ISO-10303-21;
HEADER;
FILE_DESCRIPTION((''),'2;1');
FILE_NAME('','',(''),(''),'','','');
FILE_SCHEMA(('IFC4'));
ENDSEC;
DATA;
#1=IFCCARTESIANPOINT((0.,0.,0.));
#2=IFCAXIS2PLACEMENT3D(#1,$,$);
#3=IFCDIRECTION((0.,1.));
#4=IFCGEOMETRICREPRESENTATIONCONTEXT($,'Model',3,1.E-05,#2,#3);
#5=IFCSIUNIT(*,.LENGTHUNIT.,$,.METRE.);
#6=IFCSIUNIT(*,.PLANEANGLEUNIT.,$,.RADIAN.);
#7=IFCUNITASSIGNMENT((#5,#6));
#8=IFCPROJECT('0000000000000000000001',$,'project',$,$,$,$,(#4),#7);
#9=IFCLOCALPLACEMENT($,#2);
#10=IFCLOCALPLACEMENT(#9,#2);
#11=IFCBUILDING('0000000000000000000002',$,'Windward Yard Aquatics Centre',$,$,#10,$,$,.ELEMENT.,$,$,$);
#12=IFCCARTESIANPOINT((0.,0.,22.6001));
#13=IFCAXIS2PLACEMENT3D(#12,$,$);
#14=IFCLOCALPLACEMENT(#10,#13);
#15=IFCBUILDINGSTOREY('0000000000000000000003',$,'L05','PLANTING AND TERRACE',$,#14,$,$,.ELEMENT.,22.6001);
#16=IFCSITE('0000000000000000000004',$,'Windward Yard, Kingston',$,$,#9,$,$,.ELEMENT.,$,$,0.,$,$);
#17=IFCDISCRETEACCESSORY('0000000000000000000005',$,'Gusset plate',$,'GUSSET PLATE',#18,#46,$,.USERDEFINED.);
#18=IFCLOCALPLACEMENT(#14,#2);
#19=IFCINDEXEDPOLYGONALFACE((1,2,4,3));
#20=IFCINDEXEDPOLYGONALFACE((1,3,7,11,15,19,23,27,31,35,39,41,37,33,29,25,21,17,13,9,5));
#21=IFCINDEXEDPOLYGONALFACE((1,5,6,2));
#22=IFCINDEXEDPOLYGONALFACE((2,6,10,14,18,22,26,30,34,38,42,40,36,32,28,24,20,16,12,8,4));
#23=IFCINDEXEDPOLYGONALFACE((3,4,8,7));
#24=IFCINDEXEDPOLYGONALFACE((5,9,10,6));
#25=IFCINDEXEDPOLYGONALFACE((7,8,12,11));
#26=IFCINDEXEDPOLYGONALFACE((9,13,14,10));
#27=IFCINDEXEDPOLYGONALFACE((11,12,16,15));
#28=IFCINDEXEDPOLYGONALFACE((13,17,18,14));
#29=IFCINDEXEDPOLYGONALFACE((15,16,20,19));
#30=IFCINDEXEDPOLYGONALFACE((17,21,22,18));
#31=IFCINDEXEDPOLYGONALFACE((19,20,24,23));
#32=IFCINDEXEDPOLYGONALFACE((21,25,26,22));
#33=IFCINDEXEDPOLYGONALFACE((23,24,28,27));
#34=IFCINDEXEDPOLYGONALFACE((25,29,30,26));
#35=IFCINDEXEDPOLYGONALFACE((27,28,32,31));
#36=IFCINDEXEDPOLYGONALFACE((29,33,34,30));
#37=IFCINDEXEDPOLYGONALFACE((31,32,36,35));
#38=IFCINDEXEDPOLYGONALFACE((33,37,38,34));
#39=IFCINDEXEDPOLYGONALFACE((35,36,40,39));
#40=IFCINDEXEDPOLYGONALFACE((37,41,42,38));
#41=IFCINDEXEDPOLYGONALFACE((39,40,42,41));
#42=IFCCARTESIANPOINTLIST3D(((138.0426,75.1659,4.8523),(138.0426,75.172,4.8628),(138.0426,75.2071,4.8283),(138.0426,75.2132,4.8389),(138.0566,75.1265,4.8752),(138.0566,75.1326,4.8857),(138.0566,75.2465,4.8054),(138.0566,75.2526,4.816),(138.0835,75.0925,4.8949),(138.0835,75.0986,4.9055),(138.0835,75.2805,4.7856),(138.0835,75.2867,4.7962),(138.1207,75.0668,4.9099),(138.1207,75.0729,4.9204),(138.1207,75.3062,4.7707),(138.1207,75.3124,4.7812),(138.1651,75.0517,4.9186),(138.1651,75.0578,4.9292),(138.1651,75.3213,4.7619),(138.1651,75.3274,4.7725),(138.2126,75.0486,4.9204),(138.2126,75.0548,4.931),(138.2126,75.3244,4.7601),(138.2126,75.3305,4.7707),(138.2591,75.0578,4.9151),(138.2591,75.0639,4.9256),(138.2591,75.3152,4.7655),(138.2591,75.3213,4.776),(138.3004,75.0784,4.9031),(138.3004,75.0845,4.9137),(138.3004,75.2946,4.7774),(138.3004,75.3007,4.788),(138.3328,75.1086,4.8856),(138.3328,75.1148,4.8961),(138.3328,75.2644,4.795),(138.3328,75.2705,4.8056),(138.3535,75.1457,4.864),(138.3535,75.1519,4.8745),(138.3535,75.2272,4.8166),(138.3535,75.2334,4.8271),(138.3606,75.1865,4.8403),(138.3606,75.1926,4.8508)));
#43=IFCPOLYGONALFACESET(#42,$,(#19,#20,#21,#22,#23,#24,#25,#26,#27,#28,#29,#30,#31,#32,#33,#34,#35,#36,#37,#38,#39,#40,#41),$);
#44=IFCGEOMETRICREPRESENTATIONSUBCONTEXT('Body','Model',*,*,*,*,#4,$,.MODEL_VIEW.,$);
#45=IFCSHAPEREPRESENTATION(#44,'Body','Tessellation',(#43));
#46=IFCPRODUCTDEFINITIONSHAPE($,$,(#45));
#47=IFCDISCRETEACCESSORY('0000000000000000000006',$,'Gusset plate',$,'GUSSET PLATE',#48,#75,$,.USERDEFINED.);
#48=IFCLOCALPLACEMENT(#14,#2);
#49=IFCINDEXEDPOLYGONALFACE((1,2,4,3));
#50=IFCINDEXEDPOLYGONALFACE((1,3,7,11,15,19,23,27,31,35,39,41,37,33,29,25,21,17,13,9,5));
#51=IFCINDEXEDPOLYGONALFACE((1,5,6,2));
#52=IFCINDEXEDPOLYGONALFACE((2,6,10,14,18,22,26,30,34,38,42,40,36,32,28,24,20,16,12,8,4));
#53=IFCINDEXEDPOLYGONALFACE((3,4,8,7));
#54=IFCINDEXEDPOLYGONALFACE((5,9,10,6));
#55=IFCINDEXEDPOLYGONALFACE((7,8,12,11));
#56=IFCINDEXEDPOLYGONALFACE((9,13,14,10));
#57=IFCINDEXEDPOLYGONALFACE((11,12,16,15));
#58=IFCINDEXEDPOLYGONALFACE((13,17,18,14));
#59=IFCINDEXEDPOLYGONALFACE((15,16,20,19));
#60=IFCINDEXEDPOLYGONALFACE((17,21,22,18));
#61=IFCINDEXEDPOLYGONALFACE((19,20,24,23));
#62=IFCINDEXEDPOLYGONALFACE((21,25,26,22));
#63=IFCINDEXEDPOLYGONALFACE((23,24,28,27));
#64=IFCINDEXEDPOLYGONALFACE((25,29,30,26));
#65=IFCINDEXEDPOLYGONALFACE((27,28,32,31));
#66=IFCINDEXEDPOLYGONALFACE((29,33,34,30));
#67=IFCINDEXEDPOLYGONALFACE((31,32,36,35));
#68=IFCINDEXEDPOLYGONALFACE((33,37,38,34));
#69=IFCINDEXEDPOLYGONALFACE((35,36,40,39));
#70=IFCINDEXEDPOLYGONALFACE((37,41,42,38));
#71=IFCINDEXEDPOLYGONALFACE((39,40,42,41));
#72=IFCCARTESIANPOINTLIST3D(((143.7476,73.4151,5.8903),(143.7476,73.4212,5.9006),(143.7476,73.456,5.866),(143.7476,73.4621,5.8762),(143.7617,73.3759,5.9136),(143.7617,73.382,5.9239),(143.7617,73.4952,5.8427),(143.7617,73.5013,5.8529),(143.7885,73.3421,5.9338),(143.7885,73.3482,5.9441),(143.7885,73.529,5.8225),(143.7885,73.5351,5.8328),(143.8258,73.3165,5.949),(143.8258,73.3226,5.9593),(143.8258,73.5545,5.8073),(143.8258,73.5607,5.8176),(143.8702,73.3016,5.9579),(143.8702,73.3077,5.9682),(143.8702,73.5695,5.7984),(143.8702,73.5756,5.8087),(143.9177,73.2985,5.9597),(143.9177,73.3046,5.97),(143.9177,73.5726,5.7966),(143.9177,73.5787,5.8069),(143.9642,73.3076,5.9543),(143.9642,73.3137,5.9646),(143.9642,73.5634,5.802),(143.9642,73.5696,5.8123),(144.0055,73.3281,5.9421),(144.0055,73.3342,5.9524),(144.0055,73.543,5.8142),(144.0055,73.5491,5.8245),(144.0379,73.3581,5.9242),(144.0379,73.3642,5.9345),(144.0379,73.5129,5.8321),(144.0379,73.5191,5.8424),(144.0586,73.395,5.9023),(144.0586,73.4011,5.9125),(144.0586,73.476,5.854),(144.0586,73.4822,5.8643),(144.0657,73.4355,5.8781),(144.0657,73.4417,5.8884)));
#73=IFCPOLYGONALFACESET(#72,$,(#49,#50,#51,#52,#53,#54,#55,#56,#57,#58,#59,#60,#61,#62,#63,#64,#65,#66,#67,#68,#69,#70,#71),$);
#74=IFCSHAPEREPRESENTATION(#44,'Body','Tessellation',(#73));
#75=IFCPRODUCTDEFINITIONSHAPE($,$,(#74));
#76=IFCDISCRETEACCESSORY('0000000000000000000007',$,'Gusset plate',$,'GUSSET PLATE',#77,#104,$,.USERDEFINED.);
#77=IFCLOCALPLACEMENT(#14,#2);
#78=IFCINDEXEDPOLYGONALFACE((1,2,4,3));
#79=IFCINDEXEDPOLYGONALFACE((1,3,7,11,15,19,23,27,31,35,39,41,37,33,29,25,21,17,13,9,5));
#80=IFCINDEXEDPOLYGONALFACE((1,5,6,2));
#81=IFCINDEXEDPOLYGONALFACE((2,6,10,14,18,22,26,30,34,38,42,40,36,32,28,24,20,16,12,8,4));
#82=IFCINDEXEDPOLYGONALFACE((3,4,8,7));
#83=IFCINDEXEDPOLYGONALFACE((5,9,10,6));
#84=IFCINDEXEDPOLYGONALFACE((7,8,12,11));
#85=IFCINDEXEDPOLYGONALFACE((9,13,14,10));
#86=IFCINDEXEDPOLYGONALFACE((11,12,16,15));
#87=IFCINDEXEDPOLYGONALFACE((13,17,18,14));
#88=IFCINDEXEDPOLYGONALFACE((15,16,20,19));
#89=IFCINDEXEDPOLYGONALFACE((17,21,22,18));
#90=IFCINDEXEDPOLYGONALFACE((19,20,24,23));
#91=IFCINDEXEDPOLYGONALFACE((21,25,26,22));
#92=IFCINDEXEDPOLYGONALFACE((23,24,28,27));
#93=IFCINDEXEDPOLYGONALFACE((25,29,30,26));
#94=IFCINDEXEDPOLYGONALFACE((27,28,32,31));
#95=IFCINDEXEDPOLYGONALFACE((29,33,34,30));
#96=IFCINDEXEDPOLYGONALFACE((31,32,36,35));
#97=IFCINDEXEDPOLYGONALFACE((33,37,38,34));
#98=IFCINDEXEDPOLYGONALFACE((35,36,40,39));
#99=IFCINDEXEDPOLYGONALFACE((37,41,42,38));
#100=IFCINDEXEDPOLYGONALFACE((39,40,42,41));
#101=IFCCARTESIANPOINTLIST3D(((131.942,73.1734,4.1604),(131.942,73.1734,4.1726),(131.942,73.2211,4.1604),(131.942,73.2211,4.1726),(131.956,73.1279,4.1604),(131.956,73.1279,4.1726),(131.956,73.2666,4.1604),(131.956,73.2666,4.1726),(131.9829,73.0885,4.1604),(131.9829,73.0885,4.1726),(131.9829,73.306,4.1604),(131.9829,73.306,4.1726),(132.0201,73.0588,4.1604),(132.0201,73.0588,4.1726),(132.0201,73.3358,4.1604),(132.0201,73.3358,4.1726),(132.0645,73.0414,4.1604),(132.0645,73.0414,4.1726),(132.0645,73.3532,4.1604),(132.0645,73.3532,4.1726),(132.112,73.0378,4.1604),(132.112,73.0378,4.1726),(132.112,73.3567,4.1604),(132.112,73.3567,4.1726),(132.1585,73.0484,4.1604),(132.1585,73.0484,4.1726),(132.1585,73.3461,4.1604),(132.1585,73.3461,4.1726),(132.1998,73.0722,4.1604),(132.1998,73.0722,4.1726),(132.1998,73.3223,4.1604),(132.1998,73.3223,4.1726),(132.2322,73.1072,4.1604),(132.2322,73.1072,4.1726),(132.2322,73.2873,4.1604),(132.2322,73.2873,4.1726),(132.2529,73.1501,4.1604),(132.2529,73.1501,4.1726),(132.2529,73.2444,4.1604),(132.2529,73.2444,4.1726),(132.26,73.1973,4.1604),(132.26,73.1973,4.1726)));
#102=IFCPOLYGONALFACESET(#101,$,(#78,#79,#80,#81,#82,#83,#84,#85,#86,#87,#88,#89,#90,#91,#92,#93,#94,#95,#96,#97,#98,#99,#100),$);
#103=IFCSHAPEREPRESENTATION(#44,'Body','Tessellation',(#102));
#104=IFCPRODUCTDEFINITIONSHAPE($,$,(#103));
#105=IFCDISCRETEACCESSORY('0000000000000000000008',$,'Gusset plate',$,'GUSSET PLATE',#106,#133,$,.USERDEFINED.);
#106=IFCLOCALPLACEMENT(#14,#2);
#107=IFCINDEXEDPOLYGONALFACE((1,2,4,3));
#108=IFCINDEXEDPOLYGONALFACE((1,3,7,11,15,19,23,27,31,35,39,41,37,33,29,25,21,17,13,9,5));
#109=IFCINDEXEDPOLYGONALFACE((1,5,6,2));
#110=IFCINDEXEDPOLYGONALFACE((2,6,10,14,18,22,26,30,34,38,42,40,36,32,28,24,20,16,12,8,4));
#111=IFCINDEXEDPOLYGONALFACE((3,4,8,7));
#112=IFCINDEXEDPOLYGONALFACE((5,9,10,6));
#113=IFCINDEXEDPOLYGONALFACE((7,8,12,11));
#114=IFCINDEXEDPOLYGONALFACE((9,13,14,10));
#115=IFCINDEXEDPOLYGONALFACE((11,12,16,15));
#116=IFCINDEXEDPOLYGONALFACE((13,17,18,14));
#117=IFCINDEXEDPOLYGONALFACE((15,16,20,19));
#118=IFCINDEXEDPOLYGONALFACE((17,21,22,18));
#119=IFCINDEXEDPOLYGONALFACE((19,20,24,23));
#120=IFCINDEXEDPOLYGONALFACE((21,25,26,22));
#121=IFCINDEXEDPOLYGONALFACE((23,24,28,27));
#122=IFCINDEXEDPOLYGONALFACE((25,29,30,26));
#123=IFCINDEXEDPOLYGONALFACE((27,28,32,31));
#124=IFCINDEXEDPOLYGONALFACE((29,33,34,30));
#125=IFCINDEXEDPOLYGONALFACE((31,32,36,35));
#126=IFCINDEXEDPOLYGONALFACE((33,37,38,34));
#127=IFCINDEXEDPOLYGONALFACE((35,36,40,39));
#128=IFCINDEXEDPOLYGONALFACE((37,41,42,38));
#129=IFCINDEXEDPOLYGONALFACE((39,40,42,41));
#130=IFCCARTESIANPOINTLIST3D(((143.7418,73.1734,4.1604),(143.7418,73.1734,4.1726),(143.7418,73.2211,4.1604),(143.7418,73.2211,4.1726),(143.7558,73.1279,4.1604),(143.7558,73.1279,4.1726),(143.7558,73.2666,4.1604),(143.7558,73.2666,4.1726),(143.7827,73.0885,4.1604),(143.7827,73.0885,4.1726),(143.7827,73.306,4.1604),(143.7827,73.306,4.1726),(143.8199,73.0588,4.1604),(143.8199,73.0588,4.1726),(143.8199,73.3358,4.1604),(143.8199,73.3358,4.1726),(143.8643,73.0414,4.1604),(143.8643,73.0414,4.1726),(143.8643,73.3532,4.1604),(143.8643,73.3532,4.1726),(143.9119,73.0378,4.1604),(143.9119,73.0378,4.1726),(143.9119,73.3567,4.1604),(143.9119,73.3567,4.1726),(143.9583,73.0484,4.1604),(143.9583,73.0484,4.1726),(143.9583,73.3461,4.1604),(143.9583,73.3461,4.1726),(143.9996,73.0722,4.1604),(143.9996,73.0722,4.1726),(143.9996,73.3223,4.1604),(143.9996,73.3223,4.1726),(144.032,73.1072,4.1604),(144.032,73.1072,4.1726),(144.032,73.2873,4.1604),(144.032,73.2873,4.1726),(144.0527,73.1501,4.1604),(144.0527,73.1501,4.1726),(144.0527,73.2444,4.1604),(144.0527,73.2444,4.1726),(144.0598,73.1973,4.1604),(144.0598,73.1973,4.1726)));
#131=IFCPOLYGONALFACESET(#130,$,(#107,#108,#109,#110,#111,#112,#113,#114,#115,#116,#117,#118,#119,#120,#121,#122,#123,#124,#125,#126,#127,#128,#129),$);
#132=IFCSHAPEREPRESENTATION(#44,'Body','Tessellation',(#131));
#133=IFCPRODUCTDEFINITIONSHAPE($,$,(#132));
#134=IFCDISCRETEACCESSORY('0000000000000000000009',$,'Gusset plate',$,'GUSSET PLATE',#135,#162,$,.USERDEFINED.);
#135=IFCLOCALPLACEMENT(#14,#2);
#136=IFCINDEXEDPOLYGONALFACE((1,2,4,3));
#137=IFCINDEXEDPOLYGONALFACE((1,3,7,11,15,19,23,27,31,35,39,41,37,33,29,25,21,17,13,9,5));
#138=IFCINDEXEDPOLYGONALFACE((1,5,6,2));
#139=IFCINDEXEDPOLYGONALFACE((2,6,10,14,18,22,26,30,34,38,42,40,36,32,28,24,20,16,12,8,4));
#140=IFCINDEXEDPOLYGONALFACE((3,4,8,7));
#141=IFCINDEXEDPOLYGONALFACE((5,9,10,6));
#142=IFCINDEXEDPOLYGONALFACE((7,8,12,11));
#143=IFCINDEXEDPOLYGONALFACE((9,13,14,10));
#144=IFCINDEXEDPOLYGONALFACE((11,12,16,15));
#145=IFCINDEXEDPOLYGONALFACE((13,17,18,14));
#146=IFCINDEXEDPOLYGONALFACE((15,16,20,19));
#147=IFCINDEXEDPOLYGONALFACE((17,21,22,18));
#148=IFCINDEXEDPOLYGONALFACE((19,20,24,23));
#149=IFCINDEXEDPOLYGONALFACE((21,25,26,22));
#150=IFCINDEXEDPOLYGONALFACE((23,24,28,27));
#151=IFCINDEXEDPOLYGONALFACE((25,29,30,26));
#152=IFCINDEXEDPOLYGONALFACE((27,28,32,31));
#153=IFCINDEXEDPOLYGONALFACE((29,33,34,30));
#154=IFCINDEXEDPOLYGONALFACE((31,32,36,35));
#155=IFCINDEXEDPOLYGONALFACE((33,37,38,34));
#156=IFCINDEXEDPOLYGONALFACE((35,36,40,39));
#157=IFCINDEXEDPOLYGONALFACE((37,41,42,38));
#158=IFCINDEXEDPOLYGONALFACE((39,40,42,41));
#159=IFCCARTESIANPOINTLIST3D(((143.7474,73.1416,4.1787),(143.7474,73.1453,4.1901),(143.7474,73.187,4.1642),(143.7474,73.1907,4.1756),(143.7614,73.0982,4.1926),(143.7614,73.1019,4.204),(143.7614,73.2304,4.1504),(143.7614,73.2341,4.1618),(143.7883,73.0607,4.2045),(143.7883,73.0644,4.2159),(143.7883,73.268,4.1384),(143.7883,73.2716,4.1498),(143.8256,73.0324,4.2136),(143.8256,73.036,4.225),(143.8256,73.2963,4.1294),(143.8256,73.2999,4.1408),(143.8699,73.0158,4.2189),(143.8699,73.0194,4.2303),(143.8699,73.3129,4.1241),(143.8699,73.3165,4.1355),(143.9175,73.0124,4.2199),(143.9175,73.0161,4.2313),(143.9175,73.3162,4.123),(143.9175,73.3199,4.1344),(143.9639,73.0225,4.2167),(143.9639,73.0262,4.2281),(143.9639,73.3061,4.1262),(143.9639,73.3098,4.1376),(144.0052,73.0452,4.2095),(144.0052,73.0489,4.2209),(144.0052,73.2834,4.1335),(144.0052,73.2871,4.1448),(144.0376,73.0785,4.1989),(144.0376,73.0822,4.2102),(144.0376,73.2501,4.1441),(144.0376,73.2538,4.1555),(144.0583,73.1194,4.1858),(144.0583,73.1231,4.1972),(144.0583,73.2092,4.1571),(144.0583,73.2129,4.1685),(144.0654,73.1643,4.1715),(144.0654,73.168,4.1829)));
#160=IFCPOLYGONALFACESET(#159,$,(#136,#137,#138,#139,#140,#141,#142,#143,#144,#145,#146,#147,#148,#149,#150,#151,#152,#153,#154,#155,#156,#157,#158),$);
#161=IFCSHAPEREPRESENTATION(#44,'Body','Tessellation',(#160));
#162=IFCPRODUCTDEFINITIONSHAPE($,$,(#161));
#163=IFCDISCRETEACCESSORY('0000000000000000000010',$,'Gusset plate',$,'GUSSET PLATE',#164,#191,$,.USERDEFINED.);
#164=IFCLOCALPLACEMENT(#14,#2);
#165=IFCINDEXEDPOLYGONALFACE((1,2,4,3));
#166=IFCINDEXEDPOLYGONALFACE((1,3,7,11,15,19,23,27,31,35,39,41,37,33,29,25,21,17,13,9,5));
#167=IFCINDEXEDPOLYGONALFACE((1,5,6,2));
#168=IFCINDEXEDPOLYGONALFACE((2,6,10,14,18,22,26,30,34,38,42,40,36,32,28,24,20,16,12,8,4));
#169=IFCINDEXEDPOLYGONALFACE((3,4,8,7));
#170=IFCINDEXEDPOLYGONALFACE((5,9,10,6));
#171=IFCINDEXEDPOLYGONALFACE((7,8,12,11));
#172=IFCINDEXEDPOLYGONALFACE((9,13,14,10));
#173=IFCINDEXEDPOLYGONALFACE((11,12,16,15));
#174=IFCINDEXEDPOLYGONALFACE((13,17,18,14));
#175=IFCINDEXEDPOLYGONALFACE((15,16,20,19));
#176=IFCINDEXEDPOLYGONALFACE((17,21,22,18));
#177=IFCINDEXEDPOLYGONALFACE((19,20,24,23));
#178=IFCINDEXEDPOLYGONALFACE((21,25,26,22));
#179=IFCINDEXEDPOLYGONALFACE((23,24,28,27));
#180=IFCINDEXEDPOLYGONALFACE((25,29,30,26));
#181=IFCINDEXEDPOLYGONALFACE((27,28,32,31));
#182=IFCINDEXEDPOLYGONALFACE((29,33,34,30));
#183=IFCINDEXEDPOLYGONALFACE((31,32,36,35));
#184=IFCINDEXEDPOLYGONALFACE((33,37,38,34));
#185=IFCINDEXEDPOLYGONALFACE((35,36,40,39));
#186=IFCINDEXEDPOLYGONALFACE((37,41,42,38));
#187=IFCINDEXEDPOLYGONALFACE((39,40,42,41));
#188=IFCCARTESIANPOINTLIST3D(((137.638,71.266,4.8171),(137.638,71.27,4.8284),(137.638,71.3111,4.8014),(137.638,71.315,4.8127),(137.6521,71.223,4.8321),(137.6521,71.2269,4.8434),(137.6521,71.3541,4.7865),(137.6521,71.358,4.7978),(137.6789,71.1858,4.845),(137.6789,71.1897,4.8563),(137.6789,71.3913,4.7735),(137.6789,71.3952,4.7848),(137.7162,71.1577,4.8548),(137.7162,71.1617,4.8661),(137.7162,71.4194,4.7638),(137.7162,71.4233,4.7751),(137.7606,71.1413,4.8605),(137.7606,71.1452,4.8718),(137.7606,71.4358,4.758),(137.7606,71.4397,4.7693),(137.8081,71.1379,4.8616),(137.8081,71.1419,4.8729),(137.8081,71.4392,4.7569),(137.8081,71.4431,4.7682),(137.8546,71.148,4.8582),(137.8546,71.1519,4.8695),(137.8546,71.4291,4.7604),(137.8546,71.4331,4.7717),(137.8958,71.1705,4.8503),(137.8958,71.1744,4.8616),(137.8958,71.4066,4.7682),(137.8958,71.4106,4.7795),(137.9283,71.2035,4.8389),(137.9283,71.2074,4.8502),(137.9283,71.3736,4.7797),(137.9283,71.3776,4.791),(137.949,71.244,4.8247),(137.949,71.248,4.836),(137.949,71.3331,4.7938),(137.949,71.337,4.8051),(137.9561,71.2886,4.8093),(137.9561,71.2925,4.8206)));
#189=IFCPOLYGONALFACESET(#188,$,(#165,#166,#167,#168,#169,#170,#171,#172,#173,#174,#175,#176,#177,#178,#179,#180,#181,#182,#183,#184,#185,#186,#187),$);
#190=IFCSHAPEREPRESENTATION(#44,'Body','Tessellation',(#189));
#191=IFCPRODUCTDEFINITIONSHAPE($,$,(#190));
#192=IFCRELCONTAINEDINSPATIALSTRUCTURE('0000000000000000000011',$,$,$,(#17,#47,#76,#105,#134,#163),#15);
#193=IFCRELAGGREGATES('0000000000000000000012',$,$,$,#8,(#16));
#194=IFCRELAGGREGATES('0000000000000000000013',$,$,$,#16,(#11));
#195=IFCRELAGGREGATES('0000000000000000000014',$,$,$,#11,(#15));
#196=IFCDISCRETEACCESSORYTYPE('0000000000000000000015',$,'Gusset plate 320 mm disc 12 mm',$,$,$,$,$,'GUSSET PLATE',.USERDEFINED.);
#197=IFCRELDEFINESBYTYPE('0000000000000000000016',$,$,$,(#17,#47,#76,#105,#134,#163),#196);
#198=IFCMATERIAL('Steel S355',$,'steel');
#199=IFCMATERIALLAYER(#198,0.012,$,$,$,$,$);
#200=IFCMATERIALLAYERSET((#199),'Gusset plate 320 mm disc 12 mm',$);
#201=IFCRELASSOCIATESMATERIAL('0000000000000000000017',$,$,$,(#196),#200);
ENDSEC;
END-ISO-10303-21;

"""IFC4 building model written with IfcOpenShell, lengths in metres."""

from ifc_helpers import new_model, si_unit, direction, frame, origin, origin_2d, place, context, subcontext, project, spatial, circle, extrude, material, layer, layer_set, type_object, element, save


model = new_model("IFC4")

# Units and contexts
model_context = context("Model", 3, precision=1e-05, world=origin(), true_north=direction((0.0, 1.0)))
body_context = subcontext(model_context, "Body", "Model", "MODEL_VIEW")
ifc_project = project(units=[si_unit("LENGTHUNIT", "METRE"), si_unit("PLANEANGLEUNIT", "RADIAN")], contexts=[model_context])

# Site, building, storey
site_placement = place(None, origin())
site = spatial("IfcSite", under=ifc_project, at=site_placement, Name="Windward Yard, Kingston", CompositionType="ELEMENT", RefElevation=0.0)
building_placement = place(site_placement, origin())
building = spatial("IfcBuilding", under=site, at=building_placement, Name="Windward Yard Aquatics Centre", CompositionType="ELEMENT")
storey_placement = place(building_placement, frame((0.0, 0.0, 22.6001)))
storey = spatial("IfcBuildingStorey", under=building, at=storey_placement, Name="L05", Description="PLANTING AND TERRACE", CompositionType="ELEMENT", Elevation=22.6001)

# Discrete accessories
ifc_material_1 = material(Name="Steel S355", Category="steel")
ifc_layer_1 = layer(ifc_material_1, 0.012)
ifc_layer_set_1 = layer_set([ifc_layer_1], Name="Gusset plate 320 mm disc 12 mm")
discrete_accessory_type = type_object("IfcDiscreteAccessoryType", Name="Gusset plate 320 mm disc 12 mm", ElementType="GUSSET PLATE", PredefinedType="USERDEFINED", material=ifc_layer_set_1)
discrete_accessory_1_placement = place(storey_placement, frame((138.2007, 75.1926, 4.8508), z_axis=(0.0, -0.50262, -0.864507), x_axis=(1.0, 0.0, 0.0)))
element("IfcDiscreteAccessory", 1, at=discrete_accessory_1_placement, inside=storey, type_object=discrete_accessory_type, Name="Gusset plate", ObjectType="GUSSET PLATE", PredefinedType="USERDEFINED", context=body_context, shape_type="SweptSolid", body=[
    extrude(circle(Radius=0.1599, at=origin_2d()), origin(), (0.0, 0.0, 1.0), 0.0122),
])
discrete_accessory_2_placement = place(storey_placement, frame((143.9058, 73.4417, 5.8884), z_axis=(0.0, -0.511484, -0.859293), x_axis=(1.0, 0.0, 0.0)))
element("IfcDiscreteAccessory", 2, at=discrete_accessory_2_placement, inside=storey, type_object=discrete_accessory_type, Name="Gusset plate", ObjectType="GUSSET PLATE", PredefinedType="USERDEFINED", context=body_context, shape_type="SweptSolid", body=[
    extrude(circle(Radius=0.1599, at=origin_2d()), origin(), (0.0, 0.0, 1.0), 0.012),
])
for number, where, z_axis, x_axis, name in (
    (3, (132.1001, 73.1973, 4.1604), (0.0, 0.0, 1.0), (1.0, 0.0, 0.0), "Gusset plate"),
    (4, (143.8999, 73.1973, 4.1604), (0.0, 0.0, 1.0), (1.0, 0.0, 0.0), "Gusset plate"),
):
    element("IfcDiscreteAccessory", number, at=place(storey_placement, frame(where, z_axis=z_axis, x_axis=x_axis)), inside=storey, type_object=discrete_accessory_type, Name=name, ObjectType="GUSSET PLATE", PredefinedType="USERDEFINED", context=body_context, shape_type="SweptSolid", body=[
        extrude(circle(Radius=0.1599, at=origin_2d()), origin(), (0.0, 0.0, 1.0), 0.0122),
    ])
for number, where, z_axis, x_axis, name in (
    (5, (143.9055, 73.168, 4.1829), (0.0, -0.30404, -0.952659), (1.0, 0.0, 0.0), "Gusset plate"),
    (6, (137.7961, 71.2925, 4.8206), (0.0, -0.328521, -0.944497), (1.0, 0.0, 0.0), "Gusset plate"),
):
    element("IfcDiscreteAccessory", number, at=place(storey_placement, frame(where, z_axis=z_axis, x_axis=x_axis)), inside=storey, type_object=discrete_accessory_type, Name=name, ObjectType="GUSSET PLATE", PredefinedType="USERDEFINED", context=body_context, shape_type="SweptSolid", body=[
        extrude(circle(Radius=0.1599, at=origin_2d()), origin(), (0.0, 0.0, 1.0), 0.012),
    ])

save(model, "model.ifc")
